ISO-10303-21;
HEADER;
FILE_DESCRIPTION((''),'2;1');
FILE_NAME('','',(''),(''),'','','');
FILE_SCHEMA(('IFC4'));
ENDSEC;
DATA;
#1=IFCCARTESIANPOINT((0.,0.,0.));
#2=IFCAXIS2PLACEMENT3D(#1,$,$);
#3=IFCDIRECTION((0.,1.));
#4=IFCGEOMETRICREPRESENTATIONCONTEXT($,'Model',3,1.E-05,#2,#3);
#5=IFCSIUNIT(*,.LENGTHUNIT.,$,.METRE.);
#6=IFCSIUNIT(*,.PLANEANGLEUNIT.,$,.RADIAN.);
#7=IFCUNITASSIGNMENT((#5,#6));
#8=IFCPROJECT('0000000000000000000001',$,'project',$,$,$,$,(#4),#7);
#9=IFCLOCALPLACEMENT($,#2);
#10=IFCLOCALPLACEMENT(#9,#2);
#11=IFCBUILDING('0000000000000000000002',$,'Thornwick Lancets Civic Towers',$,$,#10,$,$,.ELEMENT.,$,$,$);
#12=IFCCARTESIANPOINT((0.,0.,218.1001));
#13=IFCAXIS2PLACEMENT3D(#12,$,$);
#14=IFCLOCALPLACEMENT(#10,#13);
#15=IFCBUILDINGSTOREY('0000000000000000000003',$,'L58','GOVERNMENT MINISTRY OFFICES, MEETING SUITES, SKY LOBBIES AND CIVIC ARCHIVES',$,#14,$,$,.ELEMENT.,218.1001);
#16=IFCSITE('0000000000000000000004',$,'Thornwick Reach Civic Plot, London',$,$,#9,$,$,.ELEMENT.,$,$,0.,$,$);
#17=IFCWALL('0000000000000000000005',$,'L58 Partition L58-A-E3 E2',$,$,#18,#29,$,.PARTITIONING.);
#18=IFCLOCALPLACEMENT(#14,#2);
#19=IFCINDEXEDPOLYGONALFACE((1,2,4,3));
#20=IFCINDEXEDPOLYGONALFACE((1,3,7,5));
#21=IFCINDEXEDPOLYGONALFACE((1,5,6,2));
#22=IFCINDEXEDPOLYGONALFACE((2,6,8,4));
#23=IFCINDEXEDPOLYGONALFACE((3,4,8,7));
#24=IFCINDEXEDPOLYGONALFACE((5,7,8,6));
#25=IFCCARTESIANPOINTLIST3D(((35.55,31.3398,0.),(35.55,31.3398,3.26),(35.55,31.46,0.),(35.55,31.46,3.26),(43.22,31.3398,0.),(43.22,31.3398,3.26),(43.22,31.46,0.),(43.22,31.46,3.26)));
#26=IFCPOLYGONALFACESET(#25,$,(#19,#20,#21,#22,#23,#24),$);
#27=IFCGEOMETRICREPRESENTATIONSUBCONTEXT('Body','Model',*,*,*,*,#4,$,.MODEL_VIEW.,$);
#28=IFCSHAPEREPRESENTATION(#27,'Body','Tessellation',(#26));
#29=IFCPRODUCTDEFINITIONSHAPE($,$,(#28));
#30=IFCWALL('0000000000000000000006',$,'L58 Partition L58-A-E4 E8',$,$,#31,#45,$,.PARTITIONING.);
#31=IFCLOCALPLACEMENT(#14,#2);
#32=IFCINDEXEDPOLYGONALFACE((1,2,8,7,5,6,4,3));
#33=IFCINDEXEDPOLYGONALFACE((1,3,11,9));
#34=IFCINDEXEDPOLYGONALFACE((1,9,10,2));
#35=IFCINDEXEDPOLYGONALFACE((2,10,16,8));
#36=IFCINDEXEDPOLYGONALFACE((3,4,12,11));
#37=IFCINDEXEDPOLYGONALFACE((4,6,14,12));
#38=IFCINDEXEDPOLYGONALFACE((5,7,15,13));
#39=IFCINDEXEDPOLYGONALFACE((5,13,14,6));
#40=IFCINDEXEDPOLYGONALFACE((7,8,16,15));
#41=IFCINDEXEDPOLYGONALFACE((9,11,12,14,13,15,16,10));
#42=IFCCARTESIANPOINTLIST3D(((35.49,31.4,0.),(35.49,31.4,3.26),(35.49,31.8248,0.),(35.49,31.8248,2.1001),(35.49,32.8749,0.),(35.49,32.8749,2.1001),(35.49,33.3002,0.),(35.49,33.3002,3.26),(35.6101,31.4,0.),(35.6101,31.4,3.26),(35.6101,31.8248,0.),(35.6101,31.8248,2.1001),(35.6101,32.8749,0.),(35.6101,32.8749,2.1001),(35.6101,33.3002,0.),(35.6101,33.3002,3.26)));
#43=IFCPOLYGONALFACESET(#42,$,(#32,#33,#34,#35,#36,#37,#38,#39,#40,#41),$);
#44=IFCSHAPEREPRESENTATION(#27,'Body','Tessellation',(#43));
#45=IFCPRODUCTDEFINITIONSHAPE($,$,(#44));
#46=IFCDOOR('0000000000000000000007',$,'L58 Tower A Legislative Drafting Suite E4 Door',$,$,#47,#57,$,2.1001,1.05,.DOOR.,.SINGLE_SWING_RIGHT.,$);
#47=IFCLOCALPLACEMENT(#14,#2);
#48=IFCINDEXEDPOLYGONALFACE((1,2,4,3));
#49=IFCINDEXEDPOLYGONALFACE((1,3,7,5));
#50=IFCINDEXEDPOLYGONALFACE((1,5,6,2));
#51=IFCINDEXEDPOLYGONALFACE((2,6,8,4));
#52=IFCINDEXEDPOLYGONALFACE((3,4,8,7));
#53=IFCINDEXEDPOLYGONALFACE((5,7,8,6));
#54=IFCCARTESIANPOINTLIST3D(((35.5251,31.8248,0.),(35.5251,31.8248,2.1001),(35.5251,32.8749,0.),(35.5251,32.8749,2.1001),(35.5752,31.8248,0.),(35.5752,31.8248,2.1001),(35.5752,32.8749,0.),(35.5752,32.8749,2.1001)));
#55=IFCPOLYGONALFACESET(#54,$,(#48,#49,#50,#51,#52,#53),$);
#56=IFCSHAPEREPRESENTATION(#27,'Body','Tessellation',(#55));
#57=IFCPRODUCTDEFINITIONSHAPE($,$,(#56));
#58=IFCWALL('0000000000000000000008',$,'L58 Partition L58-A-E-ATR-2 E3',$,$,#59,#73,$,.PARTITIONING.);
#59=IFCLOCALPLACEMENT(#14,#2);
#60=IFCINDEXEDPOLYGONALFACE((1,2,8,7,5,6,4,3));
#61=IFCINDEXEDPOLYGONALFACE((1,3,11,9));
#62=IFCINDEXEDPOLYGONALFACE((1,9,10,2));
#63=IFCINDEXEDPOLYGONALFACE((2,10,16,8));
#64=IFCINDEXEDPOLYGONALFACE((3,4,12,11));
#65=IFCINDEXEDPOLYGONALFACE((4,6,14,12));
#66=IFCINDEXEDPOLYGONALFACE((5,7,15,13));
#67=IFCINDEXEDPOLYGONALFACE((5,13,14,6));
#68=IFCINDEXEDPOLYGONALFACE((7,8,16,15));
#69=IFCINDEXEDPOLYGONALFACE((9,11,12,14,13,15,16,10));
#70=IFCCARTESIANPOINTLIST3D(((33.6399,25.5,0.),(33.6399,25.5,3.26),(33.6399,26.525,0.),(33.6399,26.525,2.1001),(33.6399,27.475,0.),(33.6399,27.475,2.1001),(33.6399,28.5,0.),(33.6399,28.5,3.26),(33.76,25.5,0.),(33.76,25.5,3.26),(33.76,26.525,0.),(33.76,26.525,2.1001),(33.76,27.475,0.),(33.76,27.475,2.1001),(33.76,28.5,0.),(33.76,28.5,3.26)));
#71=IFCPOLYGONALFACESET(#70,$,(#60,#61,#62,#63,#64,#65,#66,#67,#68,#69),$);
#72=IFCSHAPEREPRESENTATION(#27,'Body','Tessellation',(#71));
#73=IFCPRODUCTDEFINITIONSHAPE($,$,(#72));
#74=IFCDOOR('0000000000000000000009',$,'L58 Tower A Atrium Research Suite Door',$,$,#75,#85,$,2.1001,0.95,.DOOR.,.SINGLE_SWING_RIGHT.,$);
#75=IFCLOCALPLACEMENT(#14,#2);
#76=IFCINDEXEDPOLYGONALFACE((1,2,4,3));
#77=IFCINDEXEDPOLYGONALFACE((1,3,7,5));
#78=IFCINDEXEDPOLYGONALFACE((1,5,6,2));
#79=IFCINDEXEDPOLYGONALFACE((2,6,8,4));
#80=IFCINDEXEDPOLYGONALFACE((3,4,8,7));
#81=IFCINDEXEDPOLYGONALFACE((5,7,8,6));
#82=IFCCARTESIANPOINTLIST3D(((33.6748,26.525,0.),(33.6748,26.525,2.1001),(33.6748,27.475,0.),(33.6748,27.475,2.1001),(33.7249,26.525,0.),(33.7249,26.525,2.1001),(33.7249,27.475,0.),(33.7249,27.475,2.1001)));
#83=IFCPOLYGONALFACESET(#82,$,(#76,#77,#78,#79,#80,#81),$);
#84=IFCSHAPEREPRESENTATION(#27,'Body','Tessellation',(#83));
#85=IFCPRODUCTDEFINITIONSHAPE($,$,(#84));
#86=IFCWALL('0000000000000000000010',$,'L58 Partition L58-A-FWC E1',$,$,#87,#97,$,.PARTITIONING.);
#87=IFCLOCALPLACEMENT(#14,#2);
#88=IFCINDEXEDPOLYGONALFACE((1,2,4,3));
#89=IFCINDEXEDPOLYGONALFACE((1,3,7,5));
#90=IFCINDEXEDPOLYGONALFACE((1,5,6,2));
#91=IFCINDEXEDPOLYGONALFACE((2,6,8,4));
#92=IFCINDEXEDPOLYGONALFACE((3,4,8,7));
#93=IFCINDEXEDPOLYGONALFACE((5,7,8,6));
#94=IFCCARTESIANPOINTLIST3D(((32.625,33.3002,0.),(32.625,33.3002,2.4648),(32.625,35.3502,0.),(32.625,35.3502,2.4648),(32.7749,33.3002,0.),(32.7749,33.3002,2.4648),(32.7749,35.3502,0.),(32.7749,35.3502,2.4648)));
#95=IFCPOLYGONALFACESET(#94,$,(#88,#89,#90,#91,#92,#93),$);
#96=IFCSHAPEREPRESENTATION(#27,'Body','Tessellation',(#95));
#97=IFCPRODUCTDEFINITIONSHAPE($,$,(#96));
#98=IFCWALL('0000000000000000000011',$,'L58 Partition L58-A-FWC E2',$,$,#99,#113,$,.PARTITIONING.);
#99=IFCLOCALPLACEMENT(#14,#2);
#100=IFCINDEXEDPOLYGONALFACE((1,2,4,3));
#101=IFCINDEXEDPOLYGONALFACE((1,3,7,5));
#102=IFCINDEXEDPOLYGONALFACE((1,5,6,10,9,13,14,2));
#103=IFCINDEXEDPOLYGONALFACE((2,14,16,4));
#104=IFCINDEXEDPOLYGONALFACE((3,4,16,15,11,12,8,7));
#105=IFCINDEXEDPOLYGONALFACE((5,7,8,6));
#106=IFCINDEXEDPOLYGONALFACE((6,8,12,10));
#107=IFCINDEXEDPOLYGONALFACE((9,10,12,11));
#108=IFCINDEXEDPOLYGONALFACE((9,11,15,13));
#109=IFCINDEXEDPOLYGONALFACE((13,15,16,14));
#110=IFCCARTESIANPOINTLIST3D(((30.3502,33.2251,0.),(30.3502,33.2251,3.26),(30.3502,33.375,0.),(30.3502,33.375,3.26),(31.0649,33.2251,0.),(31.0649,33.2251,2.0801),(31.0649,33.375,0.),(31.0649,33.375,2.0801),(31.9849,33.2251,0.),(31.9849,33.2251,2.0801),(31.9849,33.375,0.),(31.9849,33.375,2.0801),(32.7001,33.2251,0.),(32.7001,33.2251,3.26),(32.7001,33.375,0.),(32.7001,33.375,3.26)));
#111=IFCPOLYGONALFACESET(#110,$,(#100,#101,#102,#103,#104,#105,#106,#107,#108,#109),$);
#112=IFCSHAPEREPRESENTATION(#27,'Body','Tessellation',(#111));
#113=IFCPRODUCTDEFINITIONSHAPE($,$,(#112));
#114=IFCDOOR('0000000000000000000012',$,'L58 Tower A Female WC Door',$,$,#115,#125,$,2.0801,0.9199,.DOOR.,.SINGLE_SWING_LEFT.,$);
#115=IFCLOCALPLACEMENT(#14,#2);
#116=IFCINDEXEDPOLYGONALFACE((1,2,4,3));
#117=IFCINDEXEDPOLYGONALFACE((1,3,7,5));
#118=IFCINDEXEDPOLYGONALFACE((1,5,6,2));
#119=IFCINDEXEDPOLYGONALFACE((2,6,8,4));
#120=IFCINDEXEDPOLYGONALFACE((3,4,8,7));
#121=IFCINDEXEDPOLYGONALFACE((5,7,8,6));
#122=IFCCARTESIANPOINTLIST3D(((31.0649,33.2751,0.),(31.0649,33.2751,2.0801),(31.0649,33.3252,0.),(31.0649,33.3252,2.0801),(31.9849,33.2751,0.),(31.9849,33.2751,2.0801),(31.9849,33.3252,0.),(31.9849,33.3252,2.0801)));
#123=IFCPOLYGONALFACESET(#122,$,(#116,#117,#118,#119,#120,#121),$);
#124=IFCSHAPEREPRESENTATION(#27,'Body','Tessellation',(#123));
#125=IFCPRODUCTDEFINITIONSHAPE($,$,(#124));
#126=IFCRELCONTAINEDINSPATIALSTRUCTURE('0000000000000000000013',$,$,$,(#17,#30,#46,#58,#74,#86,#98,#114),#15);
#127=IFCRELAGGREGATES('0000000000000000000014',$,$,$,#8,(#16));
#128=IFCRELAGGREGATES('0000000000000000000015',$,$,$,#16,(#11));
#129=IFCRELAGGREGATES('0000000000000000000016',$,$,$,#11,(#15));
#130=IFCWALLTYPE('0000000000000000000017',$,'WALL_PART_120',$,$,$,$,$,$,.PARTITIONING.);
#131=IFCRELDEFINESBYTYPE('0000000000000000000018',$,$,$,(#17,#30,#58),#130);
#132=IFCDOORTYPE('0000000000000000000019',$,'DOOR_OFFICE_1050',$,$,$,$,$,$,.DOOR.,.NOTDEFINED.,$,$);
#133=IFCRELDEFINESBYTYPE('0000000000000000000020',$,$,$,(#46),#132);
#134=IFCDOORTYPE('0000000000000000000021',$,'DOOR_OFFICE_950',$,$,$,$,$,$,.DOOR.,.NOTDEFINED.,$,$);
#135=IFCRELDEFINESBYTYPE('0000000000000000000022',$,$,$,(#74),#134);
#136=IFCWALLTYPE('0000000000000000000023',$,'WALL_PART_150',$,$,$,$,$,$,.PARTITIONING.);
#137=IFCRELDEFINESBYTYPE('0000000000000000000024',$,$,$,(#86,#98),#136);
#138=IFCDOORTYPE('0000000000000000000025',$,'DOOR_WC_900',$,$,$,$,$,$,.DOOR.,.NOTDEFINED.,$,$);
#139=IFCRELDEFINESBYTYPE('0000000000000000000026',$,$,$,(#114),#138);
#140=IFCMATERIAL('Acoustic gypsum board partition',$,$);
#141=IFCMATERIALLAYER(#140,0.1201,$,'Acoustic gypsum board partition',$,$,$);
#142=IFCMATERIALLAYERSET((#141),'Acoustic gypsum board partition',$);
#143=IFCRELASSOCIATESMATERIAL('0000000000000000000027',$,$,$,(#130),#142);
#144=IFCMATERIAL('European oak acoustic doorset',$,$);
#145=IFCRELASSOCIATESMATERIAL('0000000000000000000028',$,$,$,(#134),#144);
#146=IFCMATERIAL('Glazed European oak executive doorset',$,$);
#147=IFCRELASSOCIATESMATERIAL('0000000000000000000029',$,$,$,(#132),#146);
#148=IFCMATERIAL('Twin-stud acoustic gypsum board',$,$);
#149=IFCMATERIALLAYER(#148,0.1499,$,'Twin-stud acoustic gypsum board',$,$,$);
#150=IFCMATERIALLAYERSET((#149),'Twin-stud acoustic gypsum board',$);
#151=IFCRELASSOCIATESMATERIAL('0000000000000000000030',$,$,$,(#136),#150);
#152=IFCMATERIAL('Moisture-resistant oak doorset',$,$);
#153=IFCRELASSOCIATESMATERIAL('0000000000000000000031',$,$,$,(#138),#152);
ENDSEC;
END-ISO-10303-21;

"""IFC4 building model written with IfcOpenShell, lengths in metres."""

from ifc_helpers import new_model, si_unit, direction, frame, frame_2d, origin, place, context, subcontext, project, spatial, rectangle, extrude, material, layer, layer_set, type_object, element, fill, save


model = new_model("IFC4")

# Units and contexts
model_context = context("Model", 3, precision=1e-05, world=origin(), true_north=direction((0.0, 1.0)))
body_context = subcontext(model_context, "Body", "Model", "MODEL_VIEW")
ifc_project = project(units=[si_unit("LENGTHUNIT", "METRE"), si_unit("PLANEANGLEUNIT", "RADIAN")], contexts=[model_context])

# Site, building, storey
site_placement = place(None, origin())
site = spatial("IfcSite", under=ifc_project, at=site_placement, Name="Thornwick Reach Civic Plot, London", CompositionType="ELEMENT", RefElevation=0.0)
building_placement = place(site_placement, origin())
building = spatial("IfcBuilding", under=site, at=building_placement, Name="Thornwick Lancets Civic Towers", CompositionType="ELEMENT")
storey_placement = place(building_placement, frame((0.0, 0.0, 218.1001)))
storey = spatial("IfcBuildingStorey", under=building, at=storey_placement, Name="L58", Description="GOVERNMENT MINISTRY OFFICES, MEETING SUITES, SKY LOBBIES AND CIVIC ARCHIVES", CompositionType="ELEMENT", Elevation=218.1001)

# Shared definitions
ifc_material_1 = material(Name="Acoustic gypsum board partition")
ifc_layer_1 = layer(ifc_material_1, 0.1201, Name="Acoustic gypsum board partition")
ifc_layer_set_1 = layer_set([ifc_layer_1], Name="Acoustic gypsum board partition")
wall_type_1 = type_object("IfcWallType", Name="WALL_PART_120", PredefinedType="PARTITIONING", material=ifc_layer_set_1)

# Shared definitions
ifc_material_2 = material(Name="European oak acoustic doorset")
door_type_1 = type_object("IfcDoorType", Name="DOOR_OFFICE_950", OperationType="NOTDEFINED", PredefinedType="DOOR", material=ifc_material_2)

# Wall
wall_1_placement = place(storey_placement, frame((35.55, 31.3999, 0.0), z_axis=(0.0, 0.0, 1.0), x_axis=(1.0, 0.0, 0.0)))
element("IfcWall", 1, at=wall_1_placement, inside=storey, type_object=wall_type_1, Name="L58 Partition L58-A-E3 E2", PredefinedType="PARTITIONING", context=body_context, shape_type="SweptSolid", body=[
    extrude(rectangle(XDim=7.6699, YDim=0.1201, at=frame_2d((3.835, 0.0))), origin(), (0.0, 0.0, 1.0), 3.26),
])

# Walls, openings, doors
wall_2_placement = place(storey_placement, frame((35.55, 31.3999, 0.0), z_axis=(0.0, 0.0, 1.0), x_axis=(0.0, 1.0, 0.0)))
wall_2 = element("IfcWall", 2, at=wall_2_placement, inside=storey, type_object=wall_type_1, Name="L58 Partition L58-A-E4 E8", PredefinedType="PARTITIONING", context=body_context, shape_type="SweptSolid", body=[
    extrude(rectangle(XDim=1.9001, YDim=0.1201, at=frame_2d((0.9502, 0.0))), origin(), (0.0, 0.0, 1.0), 3.26),
])
opening_1_placement = place(wall_2_placement, frame((0.425, 0.0, 0.0)))
opening_1 = element("IfcOpeningElement", 3, at=opening_1_placement, cuts=wall_2, PredefinedType="OPENING", context=body_context, shape_type="SweptSolid", body=[
    extrude(rectangle(XDim=1.05, YDim=2.1001, at=frame_2d((0.5249, 1.05))), frame((0.0, 0.0701, 0.0), z_axis=(0.0, -1.0, 0.0), x_axis=(1.0, 0.0, 0.0)), (0.0, 0.0, 1.0), 0.1401),
])
ifc_material_3 = material(Name="Glazed European oak executive doorset")
door_type_2 = type_object("IfcDoorType", Name="DOOR_OFFICE_1050", OperationType="NOTDEFINED", PredefinedType="DOOR", material=ifc_material_3)
door_1_placement = place(opening_1_placement, origin())
door_1 = element("IfcDoor", 4, at=door_1_placement, inside=storey, type_object=door_type_2, Name="L58 Tower A Legislative Drafting Suite E4 Door", OperationType="SINGLE_SWING_RIGHT", OverallHeight=2.1001, OverallWidth=1.05, PredefinedType="DOOR", context=body_context, shape_type="SweptSolid", body=[
    extrude(rectangle(XDim=1.05, YDim=2.1001, at=frame_2d((0.5249, 1.05))), frame((0.0, 0.0249, 0.0), z_axis=(0.0, -1.0, 0.0), x_axis=(1.0, 0.0, 0.0)), (0.0, 0.0, 1.0), 0.05),
])
fill(opening_1, door_1)
wall_3_placement = place(storey_placement, frame((33.7, 28.5, 0.0), z_axis=(0.0, 0.0, 1.0), x_axis=(0.0, -1.0, 0.0)))
wall_3 = element("IfcWall", 5, at=wall_3_placement, inside=storey, type_object=wall_type_1, Name="L58 Partition L58-A-E-ATR-2 E3", PredefinedType="PARTITIONING", context=body_context, shape_type="SweptSolid", body=[
    extrude(rectangle(XDim=3.0, YDim=0.1201, at=frame_2d((1.5, 0.0))), origin(), (0.0, 0.0, 1.0), 3.26),
])
opening_2_placement = place(wall_3_placement, frame((1.0249, 0.0, 0.0)))
opening_2 = element("IfcOpeningElement", 6, at=opening_2_placement, cuts=wall_3, PredefinedType="OPENING", context=body_context, shape_type="SweptSolid", body=[
    extrude(rectangle(XDim=0.95, YDim=2.1001, at=frame_2d((0.4751, 1.05))), frame((0.0, 0.0701, 0.0), z_axis=(0.0, -1.0, 0.0), x_axis=(1.0, 0.0, 0.0)), (0.0, 0.0, 1.0), 0.1401),
])
door_2_placement = place(opening_2_placement, origin())
door_2 = element("IfcDoor", 7, at=door_2_placement, inside=storey, type_object=door_type_1, Name="L58 Tower A Atrium Research Suite Door", OperationType="SINGLE_SWING_RIGHT", OverallHeight=2.1001, OverallWidth=0.95, PredefinedType="DOOR", context=body_context, shape_type="SweptSolid", body=[
    extrude(rectangle(XDim=0.95, YDim=2.1001, at=frame_2d((0.4751, 1.05))), frame((0.0, 0.0249, 0.0), z_axis=(0.0, -1.0, 0.0), x_axis=(1.0, 0.0, 0.0)), (0.0, 0.0, 1.0), 0.05),
])
fill(opening_2, door_2)

# Wall
ifc_material_4 = material(Name="Twin-stud acoustic gypsum board")
ifc_layer_2 = layer(ifc_material_4, 0.1499, Name="Twin-stud acoustic gypsum board")
ifc_layer_set_2 = layer_set([ifc_layer_2], Name="Twin-stud acoustic gypsum board")
wall_type_2 = type_object("IfcWallType", Name="WALL_PART_150", PredefinedType="PARTITIONING", material=ifc_layer_set_2)
wall_4_placement = place(storey_placement, frame((32.7, 35.3501, 0.0), z_axis=(0.0, 0.0, 1.0), x_axis=(0.0, -1.0, 0.0)))
element("IfcWall", 8, at=wall_4_placement, inside=storey, type_object=wall_type_2, Name="L58 Partition L58-A-FWC E1", PredefinedType="PARTITIONING", context=body_context, shape_type="SweptSolid", body=[
    extrude(rectangle(XDim=2.05, YDim=0.1499, at=frame_2d((1.0249, 0.0))), origin(), (0.0, 0.0, 1.0), 2.4648),
])

# Wall, opening, door
wall_5_placement = place(storey_placement, frame((32.7, 33.3, 0.0), z_axis=(0.0, 0.0, 1.0), x_axis=(-1.0, 0.0, 0.0)))
wall_5 = element("IfcWall", 9, at=wall_5_placement, inside=storey, type_object=wall_type_2, Name="L58 Partition L58-A-FWC E2", PredefinedType="PARTITIONING", context=body_context, shape_type="SweptSolid", body=[
    extrude(rectangle(XDim=2.3499, YDim=0.1499, at=frame_2d((1.1748, 0.0))), origin(), (0.0, 0.0, 1.0), 3.26),
])
opening_3_placement = place(wall_5_placement, frame((0.7151, 0.0, 0.0)))
opening_3 = element("IfcOpeningElement", 10, at=opening_3_placement, cuts=wall_5, PredefinedType="OPENING", context=body_context, shape_type="SweptSolid", body=[
    extrude(rectangle(XDim=0.9199, YDim=2.0801, at=frame_2d((0.46, 1.04))), frame((0.0, 0.085, 0.0), z_axis=(0.0, -1.0, 0.0), x_axis=(1.0, 0.0, 0.0)), (0.0, 0.0, 1.0), 0.1699),
])
ifc_material_5 = material(Name="Moisture-resistant oak doorset")
door_type_3 = type_object("IfcDoorType", Name="DOOR_WC_900", OperationType="NOTDEFINED", PredefinedType="DOOR", material=ifc_material_5)
door_3_placement = place(opening_3_placement, origin())
door_3 = element("IfcDoor", 11, at=door_3_placement, inside=storey, type_object=door_type_3, Name="L58 Tower A Female WC Door", OperationType="SINGLE_SWING_LEFT", OverallHeight=2.0801, OverallWidth=0.9199, PredefinedType="DOOR", context=body_context, shape_type="SweptSolid", body=[
    extrude(rectangle(XDim=0.9199, YDim=2.0801, at=frame_2d((0.46, 1.04))), frame((0.0, 0.0249, 0.0), z_axis=(0.0, -1.0, 0.0), x_axis=(1.0, 0.0, 0.0)), (0.0, 0.0, 1.0), 0.05),
])
fill(opening_3, door_3)

save(model, "model.ifc")
